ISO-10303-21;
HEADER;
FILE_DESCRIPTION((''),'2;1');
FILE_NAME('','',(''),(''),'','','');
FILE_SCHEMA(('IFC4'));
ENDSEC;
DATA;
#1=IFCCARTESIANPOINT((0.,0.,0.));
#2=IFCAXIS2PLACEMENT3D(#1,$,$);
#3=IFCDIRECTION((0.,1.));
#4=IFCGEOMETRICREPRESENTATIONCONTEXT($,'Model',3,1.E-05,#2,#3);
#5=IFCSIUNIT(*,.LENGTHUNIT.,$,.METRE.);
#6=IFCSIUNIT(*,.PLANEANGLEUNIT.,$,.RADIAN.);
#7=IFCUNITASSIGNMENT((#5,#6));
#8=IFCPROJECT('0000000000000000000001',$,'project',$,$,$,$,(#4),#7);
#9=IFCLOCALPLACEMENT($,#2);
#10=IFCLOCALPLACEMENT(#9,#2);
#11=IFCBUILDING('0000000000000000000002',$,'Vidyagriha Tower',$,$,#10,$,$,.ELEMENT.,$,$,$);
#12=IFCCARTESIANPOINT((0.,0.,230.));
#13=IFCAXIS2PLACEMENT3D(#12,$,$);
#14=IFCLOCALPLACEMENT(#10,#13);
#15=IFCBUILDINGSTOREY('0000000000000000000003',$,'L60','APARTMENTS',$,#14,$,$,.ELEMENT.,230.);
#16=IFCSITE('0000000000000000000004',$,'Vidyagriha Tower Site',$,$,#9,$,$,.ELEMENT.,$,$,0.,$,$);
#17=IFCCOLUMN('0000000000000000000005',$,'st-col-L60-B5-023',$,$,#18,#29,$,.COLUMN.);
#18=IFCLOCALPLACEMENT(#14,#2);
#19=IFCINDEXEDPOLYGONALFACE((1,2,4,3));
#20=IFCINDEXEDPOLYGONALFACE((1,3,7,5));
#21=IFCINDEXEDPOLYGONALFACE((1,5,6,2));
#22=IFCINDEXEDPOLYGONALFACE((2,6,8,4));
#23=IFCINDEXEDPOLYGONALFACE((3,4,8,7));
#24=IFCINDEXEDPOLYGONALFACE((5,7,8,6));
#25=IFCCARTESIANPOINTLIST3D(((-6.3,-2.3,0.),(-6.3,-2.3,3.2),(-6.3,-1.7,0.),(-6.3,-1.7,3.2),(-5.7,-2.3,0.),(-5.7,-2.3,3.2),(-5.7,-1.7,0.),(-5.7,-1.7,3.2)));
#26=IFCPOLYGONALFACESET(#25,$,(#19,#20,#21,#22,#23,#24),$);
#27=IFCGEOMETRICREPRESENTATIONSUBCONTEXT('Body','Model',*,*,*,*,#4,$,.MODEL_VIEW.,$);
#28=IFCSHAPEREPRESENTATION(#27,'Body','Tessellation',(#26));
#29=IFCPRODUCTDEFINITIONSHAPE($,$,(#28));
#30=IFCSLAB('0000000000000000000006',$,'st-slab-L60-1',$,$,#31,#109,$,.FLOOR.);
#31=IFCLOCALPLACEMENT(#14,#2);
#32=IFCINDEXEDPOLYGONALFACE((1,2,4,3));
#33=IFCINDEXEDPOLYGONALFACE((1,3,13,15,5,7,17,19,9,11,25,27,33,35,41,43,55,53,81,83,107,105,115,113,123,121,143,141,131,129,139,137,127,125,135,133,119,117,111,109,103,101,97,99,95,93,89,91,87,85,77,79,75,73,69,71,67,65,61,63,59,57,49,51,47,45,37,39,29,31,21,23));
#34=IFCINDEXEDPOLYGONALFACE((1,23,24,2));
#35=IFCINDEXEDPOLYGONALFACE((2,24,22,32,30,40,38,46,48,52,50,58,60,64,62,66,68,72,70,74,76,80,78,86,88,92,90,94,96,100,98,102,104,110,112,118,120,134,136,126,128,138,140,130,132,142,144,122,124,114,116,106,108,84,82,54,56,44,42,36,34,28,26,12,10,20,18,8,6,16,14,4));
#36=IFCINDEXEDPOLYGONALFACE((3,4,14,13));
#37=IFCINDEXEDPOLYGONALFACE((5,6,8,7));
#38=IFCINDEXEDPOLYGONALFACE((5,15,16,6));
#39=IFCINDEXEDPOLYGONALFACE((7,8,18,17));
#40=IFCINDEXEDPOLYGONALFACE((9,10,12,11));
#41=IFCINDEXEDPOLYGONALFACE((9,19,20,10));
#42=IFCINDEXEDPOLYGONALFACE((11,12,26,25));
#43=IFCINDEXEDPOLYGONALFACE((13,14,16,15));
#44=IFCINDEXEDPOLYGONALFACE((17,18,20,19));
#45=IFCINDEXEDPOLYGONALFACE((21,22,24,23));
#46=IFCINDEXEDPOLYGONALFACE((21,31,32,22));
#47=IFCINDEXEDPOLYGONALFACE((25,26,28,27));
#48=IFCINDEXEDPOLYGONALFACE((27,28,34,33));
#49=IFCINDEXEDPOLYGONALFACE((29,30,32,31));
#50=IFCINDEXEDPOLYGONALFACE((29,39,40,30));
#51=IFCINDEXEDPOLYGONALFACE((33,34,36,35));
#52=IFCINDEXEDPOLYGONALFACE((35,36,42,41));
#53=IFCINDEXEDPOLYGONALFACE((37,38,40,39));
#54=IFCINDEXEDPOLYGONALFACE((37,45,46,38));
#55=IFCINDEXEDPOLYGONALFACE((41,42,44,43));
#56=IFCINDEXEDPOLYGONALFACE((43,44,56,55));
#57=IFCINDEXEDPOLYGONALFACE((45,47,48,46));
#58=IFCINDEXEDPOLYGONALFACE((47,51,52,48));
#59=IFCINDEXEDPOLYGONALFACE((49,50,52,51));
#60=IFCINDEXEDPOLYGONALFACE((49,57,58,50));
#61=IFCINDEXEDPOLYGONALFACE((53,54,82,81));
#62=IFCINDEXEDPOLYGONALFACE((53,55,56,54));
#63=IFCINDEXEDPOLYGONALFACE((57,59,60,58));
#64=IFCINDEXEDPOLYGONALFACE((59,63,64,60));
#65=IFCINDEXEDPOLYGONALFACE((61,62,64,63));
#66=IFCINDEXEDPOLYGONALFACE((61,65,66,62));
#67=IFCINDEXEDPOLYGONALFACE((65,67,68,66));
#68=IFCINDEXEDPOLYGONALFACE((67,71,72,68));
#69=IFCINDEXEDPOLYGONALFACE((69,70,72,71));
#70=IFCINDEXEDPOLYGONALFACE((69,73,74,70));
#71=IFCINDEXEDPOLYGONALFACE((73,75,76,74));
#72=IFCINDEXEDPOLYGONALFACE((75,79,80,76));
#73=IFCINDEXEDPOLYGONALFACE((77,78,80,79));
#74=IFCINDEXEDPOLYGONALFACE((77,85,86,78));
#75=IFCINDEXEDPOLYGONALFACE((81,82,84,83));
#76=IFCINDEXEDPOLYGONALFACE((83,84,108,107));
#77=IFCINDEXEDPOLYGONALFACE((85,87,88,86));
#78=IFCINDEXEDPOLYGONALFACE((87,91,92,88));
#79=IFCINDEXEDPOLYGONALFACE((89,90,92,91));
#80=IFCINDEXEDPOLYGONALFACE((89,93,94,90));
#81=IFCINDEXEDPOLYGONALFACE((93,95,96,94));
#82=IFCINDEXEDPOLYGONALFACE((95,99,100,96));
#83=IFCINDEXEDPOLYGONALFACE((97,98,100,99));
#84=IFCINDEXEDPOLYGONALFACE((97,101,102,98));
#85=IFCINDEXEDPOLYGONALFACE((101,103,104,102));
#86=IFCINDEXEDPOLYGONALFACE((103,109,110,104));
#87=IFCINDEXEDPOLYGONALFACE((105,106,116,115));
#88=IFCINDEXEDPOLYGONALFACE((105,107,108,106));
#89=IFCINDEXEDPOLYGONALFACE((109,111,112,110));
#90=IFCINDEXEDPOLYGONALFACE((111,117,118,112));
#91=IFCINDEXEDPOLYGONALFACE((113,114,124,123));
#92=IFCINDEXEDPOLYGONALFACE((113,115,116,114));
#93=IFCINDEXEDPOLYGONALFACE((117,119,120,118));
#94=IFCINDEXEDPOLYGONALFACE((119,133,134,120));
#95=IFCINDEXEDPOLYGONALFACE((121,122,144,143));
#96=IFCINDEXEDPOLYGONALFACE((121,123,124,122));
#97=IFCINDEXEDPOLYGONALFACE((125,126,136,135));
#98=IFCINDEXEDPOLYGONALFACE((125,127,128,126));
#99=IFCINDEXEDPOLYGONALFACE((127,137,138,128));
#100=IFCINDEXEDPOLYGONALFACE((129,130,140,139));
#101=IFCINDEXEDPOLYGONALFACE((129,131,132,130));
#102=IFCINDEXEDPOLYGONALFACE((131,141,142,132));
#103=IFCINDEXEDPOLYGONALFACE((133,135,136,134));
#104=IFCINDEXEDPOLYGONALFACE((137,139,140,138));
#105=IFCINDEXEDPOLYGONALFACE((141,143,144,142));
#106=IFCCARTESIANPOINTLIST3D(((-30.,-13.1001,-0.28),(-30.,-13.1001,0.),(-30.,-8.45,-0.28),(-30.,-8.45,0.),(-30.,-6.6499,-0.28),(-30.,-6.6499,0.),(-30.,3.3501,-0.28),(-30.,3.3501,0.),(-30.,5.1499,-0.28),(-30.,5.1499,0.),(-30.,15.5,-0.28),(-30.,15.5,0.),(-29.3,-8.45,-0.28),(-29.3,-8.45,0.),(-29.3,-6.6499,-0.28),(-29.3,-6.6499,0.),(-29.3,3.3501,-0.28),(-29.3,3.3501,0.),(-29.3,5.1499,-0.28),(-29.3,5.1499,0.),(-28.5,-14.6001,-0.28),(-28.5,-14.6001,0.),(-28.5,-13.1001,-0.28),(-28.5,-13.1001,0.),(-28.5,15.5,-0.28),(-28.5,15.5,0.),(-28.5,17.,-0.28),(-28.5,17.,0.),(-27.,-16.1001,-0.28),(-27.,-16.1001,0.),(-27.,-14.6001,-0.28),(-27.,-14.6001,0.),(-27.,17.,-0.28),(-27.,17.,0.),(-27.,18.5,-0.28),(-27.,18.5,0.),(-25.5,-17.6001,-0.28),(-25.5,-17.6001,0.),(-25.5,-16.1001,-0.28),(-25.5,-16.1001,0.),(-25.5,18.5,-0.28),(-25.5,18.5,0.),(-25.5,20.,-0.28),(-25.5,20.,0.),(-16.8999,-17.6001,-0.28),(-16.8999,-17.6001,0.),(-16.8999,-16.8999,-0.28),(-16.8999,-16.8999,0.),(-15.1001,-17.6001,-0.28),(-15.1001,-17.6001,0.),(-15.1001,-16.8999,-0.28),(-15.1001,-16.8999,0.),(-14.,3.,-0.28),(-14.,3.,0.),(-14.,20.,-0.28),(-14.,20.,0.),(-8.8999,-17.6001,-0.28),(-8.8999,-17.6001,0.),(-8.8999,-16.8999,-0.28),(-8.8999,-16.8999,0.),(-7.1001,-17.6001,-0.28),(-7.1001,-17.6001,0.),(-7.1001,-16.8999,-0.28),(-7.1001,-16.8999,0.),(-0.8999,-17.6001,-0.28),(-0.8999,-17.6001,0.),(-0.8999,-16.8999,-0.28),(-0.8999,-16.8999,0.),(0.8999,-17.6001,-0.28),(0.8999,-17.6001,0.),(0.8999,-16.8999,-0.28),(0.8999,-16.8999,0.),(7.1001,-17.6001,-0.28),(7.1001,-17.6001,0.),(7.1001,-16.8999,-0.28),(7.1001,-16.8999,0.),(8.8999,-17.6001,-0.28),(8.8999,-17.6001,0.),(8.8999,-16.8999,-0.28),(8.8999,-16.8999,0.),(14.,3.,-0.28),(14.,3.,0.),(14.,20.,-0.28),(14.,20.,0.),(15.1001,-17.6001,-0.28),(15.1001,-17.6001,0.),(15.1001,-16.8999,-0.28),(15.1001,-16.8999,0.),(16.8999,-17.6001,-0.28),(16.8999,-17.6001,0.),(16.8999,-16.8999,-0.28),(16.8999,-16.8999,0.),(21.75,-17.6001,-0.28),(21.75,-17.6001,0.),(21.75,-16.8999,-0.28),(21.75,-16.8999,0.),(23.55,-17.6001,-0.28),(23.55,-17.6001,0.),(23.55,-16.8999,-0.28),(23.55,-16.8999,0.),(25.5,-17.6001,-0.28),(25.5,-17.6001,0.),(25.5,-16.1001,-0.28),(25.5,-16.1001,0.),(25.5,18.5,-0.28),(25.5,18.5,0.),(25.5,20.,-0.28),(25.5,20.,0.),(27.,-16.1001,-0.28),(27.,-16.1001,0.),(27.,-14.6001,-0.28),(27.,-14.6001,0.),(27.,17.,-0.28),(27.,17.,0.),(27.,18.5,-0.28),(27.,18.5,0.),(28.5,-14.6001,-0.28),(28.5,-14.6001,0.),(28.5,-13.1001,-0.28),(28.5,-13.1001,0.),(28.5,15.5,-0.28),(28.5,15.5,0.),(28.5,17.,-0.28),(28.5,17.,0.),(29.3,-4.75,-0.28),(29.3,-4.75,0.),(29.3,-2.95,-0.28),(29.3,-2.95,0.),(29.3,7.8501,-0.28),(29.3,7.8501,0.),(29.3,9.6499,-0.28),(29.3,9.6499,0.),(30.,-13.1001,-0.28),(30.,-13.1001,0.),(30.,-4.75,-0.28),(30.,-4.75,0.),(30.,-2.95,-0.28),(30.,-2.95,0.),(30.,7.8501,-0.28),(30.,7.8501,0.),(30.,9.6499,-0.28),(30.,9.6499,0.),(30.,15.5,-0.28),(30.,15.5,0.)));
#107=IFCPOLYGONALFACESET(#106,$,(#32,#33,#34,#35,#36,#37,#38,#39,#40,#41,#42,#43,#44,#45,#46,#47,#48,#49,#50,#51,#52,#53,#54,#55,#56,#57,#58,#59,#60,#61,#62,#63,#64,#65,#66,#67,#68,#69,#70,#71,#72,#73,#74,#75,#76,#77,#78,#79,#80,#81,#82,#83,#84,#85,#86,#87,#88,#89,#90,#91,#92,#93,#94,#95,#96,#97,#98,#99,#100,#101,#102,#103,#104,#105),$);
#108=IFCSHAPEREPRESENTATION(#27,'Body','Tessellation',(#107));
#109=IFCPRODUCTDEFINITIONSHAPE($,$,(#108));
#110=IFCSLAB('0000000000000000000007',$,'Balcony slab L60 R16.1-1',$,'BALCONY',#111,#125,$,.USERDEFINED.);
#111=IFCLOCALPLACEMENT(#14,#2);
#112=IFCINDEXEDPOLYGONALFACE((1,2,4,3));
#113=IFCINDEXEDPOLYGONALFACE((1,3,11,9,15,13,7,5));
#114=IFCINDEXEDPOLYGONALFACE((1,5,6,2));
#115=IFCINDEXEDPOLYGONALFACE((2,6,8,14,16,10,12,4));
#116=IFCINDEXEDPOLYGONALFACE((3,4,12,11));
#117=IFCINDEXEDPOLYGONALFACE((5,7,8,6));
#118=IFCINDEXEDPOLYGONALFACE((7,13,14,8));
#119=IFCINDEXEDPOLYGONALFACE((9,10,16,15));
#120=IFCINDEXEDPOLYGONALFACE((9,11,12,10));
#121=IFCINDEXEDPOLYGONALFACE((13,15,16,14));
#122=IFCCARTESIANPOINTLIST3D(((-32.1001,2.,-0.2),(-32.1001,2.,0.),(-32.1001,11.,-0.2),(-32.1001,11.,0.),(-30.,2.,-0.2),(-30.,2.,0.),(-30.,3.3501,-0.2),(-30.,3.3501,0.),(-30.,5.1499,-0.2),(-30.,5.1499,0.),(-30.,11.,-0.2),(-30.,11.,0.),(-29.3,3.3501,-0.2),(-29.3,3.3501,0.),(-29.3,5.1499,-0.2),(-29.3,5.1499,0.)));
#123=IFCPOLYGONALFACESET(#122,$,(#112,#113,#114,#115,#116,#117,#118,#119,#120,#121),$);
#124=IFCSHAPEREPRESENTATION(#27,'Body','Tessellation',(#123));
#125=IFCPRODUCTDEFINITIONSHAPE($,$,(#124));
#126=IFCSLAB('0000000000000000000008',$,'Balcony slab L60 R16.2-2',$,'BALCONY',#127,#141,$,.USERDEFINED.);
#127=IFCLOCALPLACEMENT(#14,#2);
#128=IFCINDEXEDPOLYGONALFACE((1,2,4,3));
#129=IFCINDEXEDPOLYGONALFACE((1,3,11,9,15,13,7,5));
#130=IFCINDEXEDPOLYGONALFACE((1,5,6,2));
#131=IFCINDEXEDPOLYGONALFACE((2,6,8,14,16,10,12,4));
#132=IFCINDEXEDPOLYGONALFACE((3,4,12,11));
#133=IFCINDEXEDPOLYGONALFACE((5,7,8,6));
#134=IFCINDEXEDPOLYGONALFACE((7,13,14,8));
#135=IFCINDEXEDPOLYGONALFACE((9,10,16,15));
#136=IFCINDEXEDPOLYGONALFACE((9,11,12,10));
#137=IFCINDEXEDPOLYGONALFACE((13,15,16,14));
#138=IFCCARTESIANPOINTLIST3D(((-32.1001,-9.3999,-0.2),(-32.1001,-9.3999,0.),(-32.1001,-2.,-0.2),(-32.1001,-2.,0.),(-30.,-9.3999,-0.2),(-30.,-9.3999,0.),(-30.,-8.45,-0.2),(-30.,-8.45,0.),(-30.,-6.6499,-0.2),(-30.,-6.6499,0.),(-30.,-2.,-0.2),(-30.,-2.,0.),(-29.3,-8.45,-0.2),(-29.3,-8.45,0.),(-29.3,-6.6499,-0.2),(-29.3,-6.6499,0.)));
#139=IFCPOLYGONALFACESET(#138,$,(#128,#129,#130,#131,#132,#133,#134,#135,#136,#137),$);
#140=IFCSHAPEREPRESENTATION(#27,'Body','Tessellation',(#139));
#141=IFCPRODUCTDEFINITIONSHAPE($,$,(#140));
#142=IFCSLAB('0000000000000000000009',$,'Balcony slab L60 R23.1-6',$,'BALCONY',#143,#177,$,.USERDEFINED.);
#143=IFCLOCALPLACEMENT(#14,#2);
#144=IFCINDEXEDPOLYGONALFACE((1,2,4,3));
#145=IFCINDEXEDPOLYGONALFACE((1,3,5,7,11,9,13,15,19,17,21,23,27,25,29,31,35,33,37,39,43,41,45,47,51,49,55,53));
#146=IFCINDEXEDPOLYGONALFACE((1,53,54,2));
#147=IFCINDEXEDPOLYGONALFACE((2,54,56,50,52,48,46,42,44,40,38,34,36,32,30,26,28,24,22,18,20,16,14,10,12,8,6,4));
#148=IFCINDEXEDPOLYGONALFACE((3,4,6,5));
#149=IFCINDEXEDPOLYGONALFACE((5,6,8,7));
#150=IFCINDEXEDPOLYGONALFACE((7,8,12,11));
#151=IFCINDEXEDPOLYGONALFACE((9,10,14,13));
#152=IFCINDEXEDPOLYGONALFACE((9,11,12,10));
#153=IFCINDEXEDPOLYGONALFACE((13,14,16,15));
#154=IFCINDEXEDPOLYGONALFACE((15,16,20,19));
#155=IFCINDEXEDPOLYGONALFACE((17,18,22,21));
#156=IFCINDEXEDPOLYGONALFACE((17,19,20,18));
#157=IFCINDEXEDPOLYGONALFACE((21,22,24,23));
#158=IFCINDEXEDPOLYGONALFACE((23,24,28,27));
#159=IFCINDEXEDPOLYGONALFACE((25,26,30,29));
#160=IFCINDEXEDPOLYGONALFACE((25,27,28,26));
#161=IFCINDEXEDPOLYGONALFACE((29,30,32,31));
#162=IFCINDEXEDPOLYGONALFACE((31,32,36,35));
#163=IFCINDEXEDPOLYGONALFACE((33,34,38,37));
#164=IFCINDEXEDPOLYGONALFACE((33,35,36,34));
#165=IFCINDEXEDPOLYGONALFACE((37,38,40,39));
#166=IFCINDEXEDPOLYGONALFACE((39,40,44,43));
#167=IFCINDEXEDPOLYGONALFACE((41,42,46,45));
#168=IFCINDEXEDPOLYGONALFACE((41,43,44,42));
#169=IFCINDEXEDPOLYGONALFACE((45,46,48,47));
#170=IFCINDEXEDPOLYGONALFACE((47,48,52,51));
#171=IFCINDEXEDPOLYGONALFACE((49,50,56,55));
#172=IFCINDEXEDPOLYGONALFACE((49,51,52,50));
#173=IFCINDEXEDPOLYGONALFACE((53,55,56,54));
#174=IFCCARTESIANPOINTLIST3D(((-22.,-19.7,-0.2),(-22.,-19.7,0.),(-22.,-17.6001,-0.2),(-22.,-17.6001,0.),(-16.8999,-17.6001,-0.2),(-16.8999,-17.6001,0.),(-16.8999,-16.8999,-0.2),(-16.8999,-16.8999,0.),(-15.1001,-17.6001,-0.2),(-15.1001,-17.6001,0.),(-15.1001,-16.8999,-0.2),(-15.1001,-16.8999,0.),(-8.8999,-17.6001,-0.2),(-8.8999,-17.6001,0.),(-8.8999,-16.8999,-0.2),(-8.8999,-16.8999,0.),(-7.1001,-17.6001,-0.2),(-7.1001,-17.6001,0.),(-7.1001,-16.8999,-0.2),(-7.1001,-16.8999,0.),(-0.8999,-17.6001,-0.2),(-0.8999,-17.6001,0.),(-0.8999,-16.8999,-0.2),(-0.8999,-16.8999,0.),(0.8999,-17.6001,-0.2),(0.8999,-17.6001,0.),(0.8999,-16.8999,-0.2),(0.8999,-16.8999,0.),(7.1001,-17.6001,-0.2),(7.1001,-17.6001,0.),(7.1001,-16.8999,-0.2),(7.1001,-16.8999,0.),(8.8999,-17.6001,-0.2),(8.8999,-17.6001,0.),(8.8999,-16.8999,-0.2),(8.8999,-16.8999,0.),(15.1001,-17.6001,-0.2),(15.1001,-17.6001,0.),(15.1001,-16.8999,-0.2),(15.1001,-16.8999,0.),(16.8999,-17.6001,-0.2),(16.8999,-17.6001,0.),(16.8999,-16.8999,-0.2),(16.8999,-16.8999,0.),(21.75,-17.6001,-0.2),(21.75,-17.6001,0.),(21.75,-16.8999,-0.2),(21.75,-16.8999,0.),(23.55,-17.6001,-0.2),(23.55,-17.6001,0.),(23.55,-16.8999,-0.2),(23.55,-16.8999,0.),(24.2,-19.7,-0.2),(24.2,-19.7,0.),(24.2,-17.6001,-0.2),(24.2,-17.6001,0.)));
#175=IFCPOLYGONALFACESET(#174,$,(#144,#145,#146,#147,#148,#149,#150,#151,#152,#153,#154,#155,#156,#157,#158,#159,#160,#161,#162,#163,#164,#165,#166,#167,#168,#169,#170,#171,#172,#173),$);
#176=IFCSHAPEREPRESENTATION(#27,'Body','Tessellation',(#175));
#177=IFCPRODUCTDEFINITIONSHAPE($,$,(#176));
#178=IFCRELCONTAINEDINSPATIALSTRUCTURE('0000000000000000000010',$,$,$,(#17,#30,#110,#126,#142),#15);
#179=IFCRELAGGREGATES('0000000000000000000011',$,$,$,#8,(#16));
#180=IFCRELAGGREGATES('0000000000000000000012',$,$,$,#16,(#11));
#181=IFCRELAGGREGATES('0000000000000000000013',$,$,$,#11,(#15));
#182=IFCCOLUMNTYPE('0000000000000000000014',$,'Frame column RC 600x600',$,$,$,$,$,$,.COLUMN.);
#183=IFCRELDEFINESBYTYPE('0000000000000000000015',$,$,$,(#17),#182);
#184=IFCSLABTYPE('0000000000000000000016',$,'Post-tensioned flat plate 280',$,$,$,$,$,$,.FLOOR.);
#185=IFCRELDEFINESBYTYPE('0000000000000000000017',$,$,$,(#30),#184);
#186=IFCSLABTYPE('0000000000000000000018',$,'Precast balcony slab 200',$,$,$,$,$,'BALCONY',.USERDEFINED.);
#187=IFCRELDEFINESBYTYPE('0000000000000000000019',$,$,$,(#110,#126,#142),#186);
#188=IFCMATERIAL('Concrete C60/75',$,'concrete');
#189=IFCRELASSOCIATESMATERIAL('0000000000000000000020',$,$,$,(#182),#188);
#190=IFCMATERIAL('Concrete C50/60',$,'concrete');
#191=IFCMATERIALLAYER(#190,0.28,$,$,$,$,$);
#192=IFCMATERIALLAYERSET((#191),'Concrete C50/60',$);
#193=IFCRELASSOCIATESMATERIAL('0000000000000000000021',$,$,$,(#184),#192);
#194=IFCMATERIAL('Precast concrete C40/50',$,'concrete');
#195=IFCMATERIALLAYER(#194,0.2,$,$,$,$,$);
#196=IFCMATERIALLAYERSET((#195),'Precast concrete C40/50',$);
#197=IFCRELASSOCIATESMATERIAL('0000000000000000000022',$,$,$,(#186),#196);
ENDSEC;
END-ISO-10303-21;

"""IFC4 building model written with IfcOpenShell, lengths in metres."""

from ifc_helpers import new_model, si_unit, direction, frame, origin, origin_2d, place, context, subcontext, project, spatial, polyline, rectangle, outline, extrude, material, layer, layer_set, material_profile, profile_set, type_object, element, save


model = new_model("IFC4")

# Units and contexts
model_context = context("Model", 3, precision=1e-05, world=origin(), true_north=direction((0.0, 1.0)))
body_context = subcontext(model_context, "Body", "Model", "MODEL_VIEW")
ifc_project = project(units=[si_unit("LENGTHUNIT", "METRE"), si_unit("PLANEANGLEUNIT", "RADIAN")], contexts=[model_context])

# Site, building, storey
site_placement = place(None, origin())
site = spatial("IfcSite", under=ifc_project, at=site_placement, Name="Vidyagriha Tower Site", CompositionType="ELEMENT", RefElevation=0.0)
building_placement = place(site_placement, origin())
building = spatial("IfcBuilding", under=site, at=building_placement, Name="Vidyagriha Tower", CompositionType="ELEMENT")
storey_placement = place(building_placement, frame((0.0, 0.0, 230.0)))
storey = spatial("IfcBuildingStorey", under=building, at=storey_placement, Name="L60", Description="APARTMENTS", CompositionType="ELEMENT", Elevation=230.0)

# Column
ifc_material_1 = material(Name="Concrete C60/75", Category="concrete")
ifc_material_profile = material_profile(ifc_material_1, rectangle(XDim=0.6001, YDim=0.6001, at=origin_2d()), Name="RC 600x600")
ifc_profile_set = profile_set([ifc_material_profile], Name="Concrete C60/75")
column_type = type_object("IfcColumnType", Name="Frame column RC 600x600", PredefinedType="COLUMN", material=ifc_profile_set)
column_placement = place(storey_placement, frame((-6.0, -2.0, 0.0)))
element("IfcColumn", 1, at=column_placement, inside=storey, type_object=column_type, Name="st-col-L60-B5-023", PredefinedType="COLUMN", context=body_context, shape_type="SweptSolid", body=[
    extrude(rectangle(XDim=0.6001, YDim=0.6001, at=origin_2d()), origin(), (0.0, 0.0, 1.0), 3.2),
])

# Slabs
ifc_material_2 = material(Name="Concrete C50/60", Category="concrete")
ifc_layer_1 = layer(ifc_material_2, 0.28)
ifc_layer_set_1 = layer_set([ifc_layer_1], Name="Concrete C50/60")
slab_type_1 = type_object("IfcSlabType", Name="Post-tensioned flat plate 280", PredefinedType="FLOOR", material=ifc_layer_set_1)
slab_1_placement = place(storey_placement, frame((0.0, 0.0, -0.28)))
element("IfcSlab", 2, at=slab_1_placement, inside=storey, type_object=slab_type_1, Name="st-slab-L60-1", PredefinedType="FLOOR", context=body_context, shape_type="SweptSolid", body=[
    extrude(outline(polyline([(28.5, -14.6001), (27.0, -14.6001), (27.0, -16.1001), (25.5, -16.1001), (25.5, -17.6001), (23.55, -17.6001), (23.55, -16.8999), (21.75, -16.8999), (21.75, -17.6001), (16.8999, -17.6001), (16.8999, -16.8999), (15.1001, -16.8999), (15.1001, -17.6001), (8.8999, -17.6001), (8.8999, -16.8999), (7.1001, -16.8999), (7.1001, -17.6001), (0.8999, -17.6001), (0.8999, -16.8999), (-0.8999, -16.8999), (-0.8999, -17.6001), (-7.1001, -17.6001), (-7.1001, -16.8999), (-8.8999, -16.8999), (-8.8999, -17.6001), (-15.1001, -17.6001), (-15.1001, -16.8999), (-16.8999, -16.8999), (-16.8999, -17.6001), (-25.5, -17.6001), (-25.5, -16.1001), (-27.0, -16.1001), (-27.0, -14.6001), (-28.5, -14.6001), (-28.5, -13.1001), (-30.0, -13.1001), (-30.0, -8.45), (-29.3, -8.45), (-29.3, -6.6499), (-30.0, -6.6499), (-30.0, 3.3501), (-29.3, 3.3501), (-29.3, 5.1499), (-30.0, 5.1499), (-30.0, 15.5), (-28.5, 15.5), (-28.5, 17.0), (-27.0, 17.0), (-27.0, 18.5), (-25.5, 18.5), (-25.5, 20.0), (-14.0, 20.0), (-14.0, 3.0), (14.0, 3.0), (14.0, 20.0), (25.5, 20.0), (25.5, 18.5), (27.0, 18.5), (27.0, 17.0), (28.5, 17.0), (28.5, 15.5), (30.0, 15.5), (30.0, 9.6499), (29.3, 9.6499), (29.3, 7.8501), (30.0, 7.8501), (30.0, -2.95), (29.3, -2.95), (29.3, -4.75), (30.0, -4.75), (30.0, -13.1001), (28.5, -13.1001), (28.5, -14.6001)])), origin(), (0.0, 0.0, 1.0), 0.28),
])
ifc_material_3 = material(Name="Precast concrete C40/50", Category="concrete")
ifc_layer_2 = layer(ifc_material_3, 0.2)
ifc_layer_set_2 = layer_set([ifc_layer_2], Name="Precast concrete C40/50")
slab_type_2 = type_object("IfcSlabType", Name="Precast balcony slab 200", ElementType="BALCONY", PredefinedType="USERDEFINED", material=ifc_layer_set_2)
slab_2_placement = place(storey_placement, frame((0.0, 0.0, -0.2)))
element("IfcSlab", 3, at=slab_2_placement, inside=storey, type_object=slab_type_2, Name="Balcony slab L60 R16.1-1", ObjectType="BALCONY", PredefinedType="USERDEFINED", context=body_context, shape_type="SweptSolid", body=[
    extrude(outline(polyline([(-29.3, 3.3501), (-29.3, 5.1499), (-30.0, 5.1499), (-30.0, 11.0), (-32.1001, 11.0), (-32.1001, 2.0), (-30.0, 2.0), (-30.0, 3.3501), (-29.3, 3.3501)])), origin(), (0.0, 0.0, 1.0), 0.2),
])
slab_3_placement = place(storey_placement, frame((0.0, 0.0, -0.2)))
element("IfcSlab", 4, at=slab_3_placement, inside=storey, type_object=slab_type_2, Name="Balcony slab L60 R16.2-2", ObjectType="BALCONY", PredefinedType="USERDEFINED", context=body_context, shape_type="SweptSolid", body=[
    extrude(outline(polyline([(-29.3, -8.45), (-29.3, -6.6499), (-30.0, -6.6499), (-30.0, -2.0), (-32.1001, -2.0), (-32.1001, -9.3999), (-30.0, -9.3999), (-30.0, -8.45), (-29.3, -8.45)])), origin(), (0.0, 0.0, 1.0), 0.2),
])
slab_4_placement = place(storey_placement, frame((0.0, 0.0, -0.2)))
element("IfcSlab", 5, at=slab_4_placement, inside=storey, type_object=slab_type_2, Name="Balcony slab L60 R23.1-6", ObjectType="BALCONY", PredefinedType="USERDEFINED", context=body_context, shape_type="SweptSolid", body=[
    extrude(outline(polyline([(-16.8999, -16.8999), (-16.8999, -17.6001), (-22.0, -17.6001), (-22.0, -19.7), (24.2, -19.7), (24.2, -17.6001), (23.55, -17.6001), (23.55, -16.8999), (21.75, -16.8999), (21.75, -17.6001), (16.8999, -17.6001), (16.8999, -16.8999), (15.1001, -16.8999), (15.1001, -17.6001), (8.8999, -17.6001), (8.8999, -16.8999), (7.1001, -16.8999), (7.1001, -17.6001), (0.8999, -17.6001), (0.8999, -16.8999), (-0.8999, -16.8999), (-0.8999, -17.6001), (-7.1001, -17.6001), (-7.1001, -16.8999), (-8.8999, -16.8999), (-8.8999, -17.6001), (-15.1001, -17.6001), (-15.1001, -16.8999), (-16.8999, -16.8999)])), origin(), (0.0, 0.0, 1.0), 0.2),
])

save(model, "model.ifc")
